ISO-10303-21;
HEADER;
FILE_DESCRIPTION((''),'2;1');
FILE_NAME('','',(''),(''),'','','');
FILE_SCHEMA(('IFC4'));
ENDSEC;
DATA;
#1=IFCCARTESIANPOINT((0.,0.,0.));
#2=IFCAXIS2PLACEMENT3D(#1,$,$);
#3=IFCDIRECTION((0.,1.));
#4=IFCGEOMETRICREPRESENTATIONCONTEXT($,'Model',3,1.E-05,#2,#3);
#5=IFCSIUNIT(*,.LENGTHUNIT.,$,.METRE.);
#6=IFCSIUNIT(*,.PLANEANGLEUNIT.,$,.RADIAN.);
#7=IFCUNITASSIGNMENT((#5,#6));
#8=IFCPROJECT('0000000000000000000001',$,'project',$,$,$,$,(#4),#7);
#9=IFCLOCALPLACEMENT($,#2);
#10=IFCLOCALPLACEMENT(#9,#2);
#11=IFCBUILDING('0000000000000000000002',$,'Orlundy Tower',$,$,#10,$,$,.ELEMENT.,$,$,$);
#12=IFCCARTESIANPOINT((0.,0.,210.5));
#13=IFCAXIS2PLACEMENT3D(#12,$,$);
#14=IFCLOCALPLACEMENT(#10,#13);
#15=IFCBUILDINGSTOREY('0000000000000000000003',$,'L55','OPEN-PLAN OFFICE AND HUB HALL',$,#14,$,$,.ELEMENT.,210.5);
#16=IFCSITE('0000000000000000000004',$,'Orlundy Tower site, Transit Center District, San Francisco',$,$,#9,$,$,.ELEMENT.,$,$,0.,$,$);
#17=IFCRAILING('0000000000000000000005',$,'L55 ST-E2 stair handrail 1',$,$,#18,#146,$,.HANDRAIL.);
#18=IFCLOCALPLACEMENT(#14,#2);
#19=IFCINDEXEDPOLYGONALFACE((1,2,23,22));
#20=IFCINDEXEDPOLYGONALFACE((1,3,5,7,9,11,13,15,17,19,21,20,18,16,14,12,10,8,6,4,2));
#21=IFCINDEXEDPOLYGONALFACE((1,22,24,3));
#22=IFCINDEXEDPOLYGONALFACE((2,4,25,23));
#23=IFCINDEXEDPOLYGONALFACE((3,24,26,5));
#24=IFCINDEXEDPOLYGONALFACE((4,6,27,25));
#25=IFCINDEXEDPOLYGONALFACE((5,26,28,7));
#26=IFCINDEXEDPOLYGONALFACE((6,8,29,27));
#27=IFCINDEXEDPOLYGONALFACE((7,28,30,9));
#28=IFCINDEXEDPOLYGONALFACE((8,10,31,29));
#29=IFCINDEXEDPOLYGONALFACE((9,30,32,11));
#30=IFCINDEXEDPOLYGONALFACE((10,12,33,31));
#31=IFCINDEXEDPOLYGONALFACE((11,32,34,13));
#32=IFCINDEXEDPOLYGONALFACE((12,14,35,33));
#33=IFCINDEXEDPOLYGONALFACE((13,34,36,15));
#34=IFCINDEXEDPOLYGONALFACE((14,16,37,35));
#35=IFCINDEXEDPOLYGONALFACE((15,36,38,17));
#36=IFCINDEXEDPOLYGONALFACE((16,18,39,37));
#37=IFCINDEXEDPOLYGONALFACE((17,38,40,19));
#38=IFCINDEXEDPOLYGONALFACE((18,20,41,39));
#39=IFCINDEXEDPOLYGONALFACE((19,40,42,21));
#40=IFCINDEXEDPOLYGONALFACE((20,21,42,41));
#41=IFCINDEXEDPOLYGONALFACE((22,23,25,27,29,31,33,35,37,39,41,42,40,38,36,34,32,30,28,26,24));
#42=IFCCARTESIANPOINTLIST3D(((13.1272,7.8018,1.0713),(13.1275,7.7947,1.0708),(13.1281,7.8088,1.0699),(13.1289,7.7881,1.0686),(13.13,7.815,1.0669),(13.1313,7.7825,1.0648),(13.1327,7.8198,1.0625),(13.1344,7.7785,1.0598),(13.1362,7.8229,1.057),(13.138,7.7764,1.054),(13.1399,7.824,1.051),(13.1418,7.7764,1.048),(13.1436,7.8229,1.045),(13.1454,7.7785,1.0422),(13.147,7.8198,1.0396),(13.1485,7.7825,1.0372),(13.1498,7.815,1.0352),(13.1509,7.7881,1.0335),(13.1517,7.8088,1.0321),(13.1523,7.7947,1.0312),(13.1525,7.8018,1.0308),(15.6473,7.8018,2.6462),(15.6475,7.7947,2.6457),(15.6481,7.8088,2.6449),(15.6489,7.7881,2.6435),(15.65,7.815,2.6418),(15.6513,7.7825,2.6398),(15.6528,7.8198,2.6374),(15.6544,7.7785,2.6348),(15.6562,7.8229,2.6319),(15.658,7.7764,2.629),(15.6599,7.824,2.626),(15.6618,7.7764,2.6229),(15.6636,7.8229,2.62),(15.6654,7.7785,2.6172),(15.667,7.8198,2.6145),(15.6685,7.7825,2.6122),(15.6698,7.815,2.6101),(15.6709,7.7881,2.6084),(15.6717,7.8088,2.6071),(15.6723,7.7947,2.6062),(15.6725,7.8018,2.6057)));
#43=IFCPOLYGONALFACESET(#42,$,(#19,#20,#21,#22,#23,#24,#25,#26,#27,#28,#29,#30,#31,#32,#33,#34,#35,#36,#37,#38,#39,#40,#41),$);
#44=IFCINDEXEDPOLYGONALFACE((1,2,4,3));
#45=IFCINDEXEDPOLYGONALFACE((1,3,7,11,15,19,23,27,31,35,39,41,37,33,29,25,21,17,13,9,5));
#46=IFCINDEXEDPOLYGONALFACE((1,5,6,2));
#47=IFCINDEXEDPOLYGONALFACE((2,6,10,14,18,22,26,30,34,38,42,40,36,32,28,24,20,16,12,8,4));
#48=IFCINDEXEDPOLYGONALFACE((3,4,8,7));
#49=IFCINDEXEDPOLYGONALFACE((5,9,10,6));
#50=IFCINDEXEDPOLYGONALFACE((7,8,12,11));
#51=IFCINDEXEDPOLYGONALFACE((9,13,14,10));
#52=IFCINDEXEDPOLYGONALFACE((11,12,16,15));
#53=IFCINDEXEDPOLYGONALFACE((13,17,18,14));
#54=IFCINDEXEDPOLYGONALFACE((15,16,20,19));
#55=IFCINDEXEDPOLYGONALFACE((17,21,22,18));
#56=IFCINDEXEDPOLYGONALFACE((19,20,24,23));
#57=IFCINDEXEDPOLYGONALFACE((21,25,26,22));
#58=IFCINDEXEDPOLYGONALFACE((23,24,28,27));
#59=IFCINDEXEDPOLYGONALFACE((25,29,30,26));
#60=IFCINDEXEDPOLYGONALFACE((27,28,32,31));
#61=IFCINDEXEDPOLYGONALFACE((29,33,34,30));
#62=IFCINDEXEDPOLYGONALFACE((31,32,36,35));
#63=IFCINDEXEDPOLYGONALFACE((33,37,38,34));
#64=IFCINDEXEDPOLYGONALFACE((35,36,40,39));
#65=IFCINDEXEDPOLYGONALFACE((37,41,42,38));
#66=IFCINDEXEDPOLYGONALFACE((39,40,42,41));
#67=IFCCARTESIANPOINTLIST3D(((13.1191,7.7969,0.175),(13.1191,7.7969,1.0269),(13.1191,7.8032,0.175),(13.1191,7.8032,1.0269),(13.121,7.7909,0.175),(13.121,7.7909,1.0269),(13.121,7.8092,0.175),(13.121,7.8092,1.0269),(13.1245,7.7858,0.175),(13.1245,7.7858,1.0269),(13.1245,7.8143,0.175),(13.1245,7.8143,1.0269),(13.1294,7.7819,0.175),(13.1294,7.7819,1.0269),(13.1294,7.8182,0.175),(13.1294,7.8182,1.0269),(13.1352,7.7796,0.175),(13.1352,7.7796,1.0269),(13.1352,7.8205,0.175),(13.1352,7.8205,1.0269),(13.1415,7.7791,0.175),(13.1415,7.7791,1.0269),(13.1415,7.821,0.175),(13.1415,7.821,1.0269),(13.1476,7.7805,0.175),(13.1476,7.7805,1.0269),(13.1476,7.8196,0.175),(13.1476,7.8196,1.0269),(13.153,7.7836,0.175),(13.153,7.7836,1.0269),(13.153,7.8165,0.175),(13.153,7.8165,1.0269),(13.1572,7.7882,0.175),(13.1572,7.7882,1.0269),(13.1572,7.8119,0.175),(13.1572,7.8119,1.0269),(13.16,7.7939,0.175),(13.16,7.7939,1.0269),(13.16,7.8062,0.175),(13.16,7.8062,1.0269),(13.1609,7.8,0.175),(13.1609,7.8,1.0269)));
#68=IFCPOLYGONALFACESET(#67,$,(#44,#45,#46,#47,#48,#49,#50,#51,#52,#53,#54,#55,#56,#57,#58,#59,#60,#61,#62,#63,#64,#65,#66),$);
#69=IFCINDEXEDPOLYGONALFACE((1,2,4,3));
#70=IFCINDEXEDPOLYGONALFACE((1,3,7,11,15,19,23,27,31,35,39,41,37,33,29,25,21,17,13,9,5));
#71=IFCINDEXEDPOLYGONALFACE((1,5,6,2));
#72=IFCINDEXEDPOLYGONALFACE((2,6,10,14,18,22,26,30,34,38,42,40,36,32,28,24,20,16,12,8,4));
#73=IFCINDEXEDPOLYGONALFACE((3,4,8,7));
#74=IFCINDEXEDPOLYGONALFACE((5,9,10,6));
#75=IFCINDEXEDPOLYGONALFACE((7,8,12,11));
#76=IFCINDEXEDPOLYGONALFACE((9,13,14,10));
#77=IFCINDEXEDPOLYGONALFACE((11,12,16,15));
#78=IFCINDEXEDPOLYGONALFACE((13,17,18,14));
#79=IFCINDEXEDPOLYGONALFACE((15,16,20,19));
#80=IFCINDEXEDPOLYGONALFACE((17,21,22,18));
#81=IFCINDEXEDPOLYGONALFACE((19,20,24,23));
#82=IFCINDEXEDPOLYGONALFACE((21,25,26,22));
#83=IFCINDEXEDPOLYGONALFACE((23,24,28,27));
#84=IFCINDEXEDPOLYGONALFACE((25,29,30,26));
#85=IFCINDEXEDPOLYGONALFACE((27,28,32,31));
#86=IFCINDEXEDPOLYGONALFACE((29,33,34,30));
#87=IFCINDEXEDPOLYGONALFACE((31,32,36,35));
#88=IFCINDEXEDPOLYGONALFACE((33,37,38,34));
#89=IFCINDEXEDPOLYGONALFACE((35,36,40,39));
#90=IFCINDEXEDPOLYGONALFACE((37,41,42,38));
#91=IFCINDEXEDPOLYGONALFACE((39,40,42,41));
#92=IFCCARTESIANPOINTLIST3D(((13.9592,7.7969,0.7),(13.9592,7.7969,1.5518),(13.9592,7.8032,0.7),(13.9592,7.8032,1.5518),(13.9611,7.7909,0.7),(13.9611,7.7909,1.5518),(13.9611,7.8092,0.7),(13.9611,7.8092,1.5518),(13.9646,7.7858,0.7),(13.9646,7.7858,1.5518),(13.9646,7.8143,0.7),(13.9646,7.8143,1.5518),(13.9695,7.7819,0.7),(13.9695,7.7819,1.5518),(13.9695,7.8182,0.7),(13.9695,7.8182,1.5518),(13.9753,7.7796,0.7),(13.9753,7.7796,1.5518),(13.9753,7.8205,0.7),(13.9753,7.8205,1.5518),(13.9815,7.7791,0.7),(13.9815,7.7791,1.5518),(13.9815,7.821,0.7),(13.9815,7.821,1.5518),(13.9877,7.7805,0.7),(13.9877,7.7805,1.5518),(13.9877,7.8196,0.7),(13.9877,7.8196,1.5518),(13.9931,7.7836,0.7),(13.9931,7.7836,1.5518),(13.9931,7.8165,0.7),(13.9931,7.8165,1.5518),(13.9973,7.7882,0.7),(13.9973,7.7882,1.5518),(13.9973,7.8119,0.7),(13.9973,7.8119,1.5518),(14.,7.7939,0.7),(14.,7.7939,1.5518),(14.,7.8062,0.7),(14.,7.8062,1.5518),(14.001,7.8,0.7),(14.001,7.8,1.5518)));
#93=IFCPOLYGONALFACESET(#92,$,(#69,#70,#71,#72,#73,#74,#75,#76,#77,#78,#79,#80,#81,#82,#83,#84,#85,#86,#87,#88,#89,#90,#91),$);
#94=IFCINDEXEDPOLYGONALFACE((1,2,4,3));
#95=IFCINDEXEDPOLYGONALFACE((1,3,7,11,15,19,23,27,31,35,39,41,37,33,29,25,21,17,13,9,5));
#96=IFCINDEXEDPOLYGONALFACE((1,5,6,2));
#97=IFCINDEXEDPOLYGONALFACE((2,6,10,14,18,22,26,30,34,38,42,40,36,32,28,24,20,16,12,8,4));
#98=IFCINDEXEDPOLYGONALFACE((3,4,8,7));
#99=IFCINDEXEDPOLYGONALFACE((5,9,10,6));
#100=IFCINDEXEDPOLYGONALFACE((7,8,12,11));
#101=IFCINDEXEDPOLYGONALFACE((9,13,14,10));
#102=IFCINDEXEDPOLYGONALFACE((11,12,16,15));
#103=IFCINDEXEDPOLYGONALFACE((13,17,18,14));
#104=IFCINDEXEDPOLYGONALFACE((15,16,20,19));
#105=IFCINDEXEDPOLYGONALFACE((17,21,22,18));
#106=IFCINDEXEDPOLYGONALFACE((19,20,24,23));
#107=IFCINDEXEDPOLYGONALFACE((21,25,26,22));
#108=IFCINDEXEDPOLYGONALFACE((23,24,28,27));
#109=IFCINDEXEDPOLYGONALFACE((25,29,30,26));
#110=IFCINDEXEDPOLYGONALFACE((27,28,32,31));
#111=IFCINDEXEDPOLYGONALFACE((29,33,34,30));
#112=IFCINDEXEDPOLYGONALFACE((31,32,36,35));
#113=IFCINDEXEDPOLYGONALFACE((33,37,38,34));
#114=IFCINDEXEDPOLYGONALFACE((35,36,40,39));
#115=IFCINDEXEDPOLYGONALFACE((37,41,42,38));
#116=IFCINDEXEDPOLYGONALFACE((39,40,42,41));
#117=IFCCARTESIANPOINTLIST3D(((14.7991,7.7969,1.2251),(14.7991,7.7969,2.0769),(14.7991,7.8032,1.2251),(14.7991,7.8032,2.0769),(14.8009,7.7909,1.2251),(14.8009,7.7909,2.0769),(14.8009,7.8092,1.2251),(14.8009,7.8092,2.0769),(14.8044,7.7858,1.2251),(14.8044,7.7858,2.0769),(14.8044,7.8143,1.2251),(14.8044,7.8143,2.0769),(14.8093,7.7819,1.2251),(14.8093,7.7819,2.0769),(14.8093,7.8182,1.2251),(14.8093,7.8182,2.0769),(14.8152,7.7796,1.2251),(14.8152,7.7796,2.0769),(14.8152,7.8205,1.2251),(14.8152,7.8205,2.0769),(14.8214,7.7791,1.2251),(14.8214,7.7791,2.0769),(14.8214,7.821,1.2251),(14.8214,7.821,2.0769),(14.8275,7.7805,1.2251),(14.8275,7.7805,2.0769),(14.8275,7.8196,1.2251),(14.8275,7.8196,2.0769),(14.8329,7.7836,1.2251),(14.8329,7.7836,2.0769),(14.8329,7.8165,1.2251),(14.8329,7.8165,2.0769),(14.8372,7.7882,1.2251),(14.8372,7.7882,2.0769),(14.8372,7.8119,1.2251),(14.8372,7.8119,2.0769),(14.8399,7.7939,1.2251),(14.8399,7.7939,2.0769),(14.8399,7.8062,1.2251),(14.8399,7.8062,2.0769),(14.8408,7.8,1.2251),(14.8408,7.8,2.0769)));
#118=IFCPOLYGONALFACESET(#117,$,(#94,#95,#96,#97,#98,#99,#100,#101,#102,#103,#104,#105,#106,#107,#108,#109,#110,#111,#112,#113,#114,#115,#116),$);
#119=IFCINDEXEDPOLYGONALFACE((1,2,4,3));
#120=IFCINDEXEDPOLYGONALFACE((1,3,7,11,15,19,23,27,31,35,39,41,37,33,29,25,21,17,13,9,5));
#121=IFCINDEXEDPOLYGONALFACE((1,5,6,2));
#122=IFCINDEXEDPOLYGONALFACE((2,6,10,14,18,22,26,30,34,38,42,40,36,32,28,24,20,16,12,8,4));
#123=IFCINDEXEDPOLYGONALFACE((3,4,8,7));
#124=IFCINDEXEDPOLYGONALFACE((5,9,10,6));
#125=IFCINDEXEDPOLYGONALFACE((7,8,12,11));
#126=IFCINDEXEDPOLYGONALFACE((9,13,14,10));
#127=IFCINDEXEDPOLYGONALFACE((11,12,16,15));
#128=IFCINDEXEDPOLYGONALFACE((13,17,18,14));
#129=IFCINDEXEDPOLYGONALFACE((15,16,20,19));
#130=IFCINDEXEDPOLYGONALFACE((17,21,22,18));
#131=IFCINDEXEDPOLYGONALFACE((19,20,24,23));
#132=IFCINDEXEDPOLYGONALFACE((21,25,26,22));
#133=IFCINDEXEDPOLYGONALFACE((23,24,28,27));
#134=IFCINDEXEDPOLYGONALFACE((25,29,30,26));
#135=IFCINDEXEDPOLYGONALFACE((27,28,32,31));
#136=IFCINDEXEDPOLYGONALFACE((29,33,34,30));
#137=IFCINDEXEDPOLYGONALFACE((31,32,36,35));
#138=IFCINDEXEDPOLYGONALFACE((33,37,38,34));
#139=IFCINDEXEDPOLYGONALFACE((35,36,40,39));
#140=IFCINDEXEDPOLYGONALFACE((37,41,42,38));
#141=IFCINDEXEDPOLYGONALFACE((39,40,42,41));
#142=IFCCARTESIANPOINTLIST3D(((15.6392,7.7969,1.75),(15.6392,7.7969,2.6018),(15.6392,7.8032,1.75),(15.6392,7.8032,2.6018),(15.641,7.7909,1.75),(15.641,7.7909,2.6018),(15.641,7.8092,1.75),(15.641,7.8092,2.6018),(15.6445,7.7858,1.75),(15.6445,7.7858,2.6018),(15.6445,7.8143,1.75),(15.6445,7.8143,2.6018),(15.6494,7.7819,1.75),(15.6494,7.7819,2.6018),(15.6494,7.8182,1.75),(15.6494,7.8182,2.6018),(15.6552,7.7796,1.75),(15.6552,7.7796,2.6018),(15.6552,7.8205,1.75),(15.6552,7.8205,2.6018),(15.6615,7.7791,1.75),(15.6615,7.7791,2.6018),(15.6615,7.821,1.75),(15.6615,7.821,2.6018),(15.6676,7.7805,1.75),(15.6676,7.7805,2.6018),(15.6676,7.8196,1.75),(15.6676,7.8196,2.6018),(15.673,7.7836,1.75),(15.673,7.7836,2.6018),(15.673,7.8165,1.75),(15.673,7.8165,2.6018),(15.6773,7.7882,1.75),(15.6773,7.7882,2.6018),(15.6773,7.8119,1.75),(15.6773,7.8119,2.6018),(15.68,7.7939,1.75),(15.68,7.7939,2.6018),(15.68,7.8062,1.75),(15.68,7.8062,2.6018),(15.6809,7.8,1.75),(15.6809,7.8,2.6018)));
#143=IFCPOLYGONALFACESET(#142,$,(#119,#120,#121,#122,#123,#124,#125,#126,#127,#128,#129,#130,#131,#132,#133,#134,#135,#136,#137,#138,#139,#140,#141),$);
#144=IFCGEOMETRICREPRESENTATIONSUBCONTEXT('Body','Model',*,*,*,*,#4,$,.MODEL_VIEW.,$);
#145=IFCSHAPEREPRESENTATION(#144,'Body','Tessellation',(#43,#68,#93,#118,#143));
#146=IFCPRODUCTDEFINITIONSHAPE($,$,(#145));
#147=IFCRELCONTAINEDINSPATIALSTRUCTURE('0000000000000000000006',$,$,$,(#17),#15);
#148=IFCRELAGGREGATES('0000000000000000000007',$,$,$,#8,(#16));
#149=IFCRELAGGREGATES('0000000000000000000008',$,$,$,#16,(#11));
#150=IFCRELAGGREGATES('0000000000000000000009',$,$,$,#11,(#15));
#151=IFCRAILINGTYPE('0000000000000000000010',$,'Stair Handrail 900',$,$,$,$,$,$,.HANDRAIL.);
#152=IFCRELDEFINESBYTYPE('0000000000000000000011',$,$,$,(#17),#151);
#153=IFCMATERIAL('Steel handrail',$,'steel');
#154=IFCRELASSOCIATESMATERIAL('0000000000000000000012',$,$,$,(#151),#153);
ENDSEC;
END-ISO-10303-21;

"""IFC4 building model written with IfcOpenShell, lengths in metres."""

from ifc_helpers import new_model, si_unit, direction, frame, origin, origin_2d, place, context, subcontext, project, spatial, circle, extrude, material, type_object, element, save


model = new_model("IFC4")

# Units and contexts
model_context = context("Model", 3, precision=1e-05, world=origin(), true_north=direction((0.0, 1.0)))
body_context = subcontext(model_context, "Body", "Model", "MODEL_VIEW")
ifc_project = project(units=[si_unit("LENGTHUNIT", "METRE"), si_unit("PLANEANGLEUNIT", "RADIAN")], contexts=[model_context])

# Site, building, storey
site_placement = place(None, origin())
site = spatial("IfcSite", under=ifc_project, at=site_placement, Name="Orlundy Tower site, Transit Center District, San Francisco", CompositionType="ELEMENT", RefElevation=0.0)
building_placement = place(site_placement, origin())
building = spatial("IfcBuilding", under=site, at=building_placement, Name="Orlundy Tower", CompositionType="ELEMENT")
storey_placement = place(building_placement, frame((0.0, 0.0, 210.5)))
storey = spatial("IfcBuildingStorey", under=building, at=storey_placement, Name="L55", Description="OPEN-PLAN OFFICE AND HUB HALL", CompositionType="ELEMENT", Elevation=210.5)

# Railing
ifc_material_1 = material(Name="Steel handrail", Category="steel")
railing_type_1 = type_object("IfcRailingType", Name="Stair Handrail 900", PredefinedType="HANDRAIL", material=ifc_material_1)
railing_1_placement = place(storey_placement, frame((13.1399, 7.8, 0.175)))
element("IfcRailing", 1, at=railing_1_placement, inside=storey, type_object=railing_type_1, Name="L55 ST-E2 stair handrail 1", PredefinedType="HANDRAIL", context=body_context, shape_type="SweptSolid", body=[
    extrude(circle(Radius=0.0239, at=origin_2d()), frame((0.0, 0.0, 0.876), z_axis=(0.848008, 0.0, 0.529984), x_axis=(0.0, 1.0, 0.0)), (0.0, 0.0, 1.0), 2.9717),
    extrude(circle(Radius=0.021, at=origin_2d()), origin(), (0.0, 0.0, 1.0), 0.8518),
    extrude(circle(Radius=0.021, at=origin_2d()), frame((0.8401, 0.0, 0.5249)), (0.0, 0.0, 1.0), 0.8518),
    extrude(circle(Radius=0.021, at=origin_2d()), frame((1.6799, 0.0, 1.05)), (0.0, 0.0, 1.0), 0.8518),
    extrude(circle(Radius=0.021, at=origin_2d()), frame((2.52, 0.0, 1.575)), (0.0, 0.0, 1.0), 0.8518),
])

save(model, "model.ifc")
